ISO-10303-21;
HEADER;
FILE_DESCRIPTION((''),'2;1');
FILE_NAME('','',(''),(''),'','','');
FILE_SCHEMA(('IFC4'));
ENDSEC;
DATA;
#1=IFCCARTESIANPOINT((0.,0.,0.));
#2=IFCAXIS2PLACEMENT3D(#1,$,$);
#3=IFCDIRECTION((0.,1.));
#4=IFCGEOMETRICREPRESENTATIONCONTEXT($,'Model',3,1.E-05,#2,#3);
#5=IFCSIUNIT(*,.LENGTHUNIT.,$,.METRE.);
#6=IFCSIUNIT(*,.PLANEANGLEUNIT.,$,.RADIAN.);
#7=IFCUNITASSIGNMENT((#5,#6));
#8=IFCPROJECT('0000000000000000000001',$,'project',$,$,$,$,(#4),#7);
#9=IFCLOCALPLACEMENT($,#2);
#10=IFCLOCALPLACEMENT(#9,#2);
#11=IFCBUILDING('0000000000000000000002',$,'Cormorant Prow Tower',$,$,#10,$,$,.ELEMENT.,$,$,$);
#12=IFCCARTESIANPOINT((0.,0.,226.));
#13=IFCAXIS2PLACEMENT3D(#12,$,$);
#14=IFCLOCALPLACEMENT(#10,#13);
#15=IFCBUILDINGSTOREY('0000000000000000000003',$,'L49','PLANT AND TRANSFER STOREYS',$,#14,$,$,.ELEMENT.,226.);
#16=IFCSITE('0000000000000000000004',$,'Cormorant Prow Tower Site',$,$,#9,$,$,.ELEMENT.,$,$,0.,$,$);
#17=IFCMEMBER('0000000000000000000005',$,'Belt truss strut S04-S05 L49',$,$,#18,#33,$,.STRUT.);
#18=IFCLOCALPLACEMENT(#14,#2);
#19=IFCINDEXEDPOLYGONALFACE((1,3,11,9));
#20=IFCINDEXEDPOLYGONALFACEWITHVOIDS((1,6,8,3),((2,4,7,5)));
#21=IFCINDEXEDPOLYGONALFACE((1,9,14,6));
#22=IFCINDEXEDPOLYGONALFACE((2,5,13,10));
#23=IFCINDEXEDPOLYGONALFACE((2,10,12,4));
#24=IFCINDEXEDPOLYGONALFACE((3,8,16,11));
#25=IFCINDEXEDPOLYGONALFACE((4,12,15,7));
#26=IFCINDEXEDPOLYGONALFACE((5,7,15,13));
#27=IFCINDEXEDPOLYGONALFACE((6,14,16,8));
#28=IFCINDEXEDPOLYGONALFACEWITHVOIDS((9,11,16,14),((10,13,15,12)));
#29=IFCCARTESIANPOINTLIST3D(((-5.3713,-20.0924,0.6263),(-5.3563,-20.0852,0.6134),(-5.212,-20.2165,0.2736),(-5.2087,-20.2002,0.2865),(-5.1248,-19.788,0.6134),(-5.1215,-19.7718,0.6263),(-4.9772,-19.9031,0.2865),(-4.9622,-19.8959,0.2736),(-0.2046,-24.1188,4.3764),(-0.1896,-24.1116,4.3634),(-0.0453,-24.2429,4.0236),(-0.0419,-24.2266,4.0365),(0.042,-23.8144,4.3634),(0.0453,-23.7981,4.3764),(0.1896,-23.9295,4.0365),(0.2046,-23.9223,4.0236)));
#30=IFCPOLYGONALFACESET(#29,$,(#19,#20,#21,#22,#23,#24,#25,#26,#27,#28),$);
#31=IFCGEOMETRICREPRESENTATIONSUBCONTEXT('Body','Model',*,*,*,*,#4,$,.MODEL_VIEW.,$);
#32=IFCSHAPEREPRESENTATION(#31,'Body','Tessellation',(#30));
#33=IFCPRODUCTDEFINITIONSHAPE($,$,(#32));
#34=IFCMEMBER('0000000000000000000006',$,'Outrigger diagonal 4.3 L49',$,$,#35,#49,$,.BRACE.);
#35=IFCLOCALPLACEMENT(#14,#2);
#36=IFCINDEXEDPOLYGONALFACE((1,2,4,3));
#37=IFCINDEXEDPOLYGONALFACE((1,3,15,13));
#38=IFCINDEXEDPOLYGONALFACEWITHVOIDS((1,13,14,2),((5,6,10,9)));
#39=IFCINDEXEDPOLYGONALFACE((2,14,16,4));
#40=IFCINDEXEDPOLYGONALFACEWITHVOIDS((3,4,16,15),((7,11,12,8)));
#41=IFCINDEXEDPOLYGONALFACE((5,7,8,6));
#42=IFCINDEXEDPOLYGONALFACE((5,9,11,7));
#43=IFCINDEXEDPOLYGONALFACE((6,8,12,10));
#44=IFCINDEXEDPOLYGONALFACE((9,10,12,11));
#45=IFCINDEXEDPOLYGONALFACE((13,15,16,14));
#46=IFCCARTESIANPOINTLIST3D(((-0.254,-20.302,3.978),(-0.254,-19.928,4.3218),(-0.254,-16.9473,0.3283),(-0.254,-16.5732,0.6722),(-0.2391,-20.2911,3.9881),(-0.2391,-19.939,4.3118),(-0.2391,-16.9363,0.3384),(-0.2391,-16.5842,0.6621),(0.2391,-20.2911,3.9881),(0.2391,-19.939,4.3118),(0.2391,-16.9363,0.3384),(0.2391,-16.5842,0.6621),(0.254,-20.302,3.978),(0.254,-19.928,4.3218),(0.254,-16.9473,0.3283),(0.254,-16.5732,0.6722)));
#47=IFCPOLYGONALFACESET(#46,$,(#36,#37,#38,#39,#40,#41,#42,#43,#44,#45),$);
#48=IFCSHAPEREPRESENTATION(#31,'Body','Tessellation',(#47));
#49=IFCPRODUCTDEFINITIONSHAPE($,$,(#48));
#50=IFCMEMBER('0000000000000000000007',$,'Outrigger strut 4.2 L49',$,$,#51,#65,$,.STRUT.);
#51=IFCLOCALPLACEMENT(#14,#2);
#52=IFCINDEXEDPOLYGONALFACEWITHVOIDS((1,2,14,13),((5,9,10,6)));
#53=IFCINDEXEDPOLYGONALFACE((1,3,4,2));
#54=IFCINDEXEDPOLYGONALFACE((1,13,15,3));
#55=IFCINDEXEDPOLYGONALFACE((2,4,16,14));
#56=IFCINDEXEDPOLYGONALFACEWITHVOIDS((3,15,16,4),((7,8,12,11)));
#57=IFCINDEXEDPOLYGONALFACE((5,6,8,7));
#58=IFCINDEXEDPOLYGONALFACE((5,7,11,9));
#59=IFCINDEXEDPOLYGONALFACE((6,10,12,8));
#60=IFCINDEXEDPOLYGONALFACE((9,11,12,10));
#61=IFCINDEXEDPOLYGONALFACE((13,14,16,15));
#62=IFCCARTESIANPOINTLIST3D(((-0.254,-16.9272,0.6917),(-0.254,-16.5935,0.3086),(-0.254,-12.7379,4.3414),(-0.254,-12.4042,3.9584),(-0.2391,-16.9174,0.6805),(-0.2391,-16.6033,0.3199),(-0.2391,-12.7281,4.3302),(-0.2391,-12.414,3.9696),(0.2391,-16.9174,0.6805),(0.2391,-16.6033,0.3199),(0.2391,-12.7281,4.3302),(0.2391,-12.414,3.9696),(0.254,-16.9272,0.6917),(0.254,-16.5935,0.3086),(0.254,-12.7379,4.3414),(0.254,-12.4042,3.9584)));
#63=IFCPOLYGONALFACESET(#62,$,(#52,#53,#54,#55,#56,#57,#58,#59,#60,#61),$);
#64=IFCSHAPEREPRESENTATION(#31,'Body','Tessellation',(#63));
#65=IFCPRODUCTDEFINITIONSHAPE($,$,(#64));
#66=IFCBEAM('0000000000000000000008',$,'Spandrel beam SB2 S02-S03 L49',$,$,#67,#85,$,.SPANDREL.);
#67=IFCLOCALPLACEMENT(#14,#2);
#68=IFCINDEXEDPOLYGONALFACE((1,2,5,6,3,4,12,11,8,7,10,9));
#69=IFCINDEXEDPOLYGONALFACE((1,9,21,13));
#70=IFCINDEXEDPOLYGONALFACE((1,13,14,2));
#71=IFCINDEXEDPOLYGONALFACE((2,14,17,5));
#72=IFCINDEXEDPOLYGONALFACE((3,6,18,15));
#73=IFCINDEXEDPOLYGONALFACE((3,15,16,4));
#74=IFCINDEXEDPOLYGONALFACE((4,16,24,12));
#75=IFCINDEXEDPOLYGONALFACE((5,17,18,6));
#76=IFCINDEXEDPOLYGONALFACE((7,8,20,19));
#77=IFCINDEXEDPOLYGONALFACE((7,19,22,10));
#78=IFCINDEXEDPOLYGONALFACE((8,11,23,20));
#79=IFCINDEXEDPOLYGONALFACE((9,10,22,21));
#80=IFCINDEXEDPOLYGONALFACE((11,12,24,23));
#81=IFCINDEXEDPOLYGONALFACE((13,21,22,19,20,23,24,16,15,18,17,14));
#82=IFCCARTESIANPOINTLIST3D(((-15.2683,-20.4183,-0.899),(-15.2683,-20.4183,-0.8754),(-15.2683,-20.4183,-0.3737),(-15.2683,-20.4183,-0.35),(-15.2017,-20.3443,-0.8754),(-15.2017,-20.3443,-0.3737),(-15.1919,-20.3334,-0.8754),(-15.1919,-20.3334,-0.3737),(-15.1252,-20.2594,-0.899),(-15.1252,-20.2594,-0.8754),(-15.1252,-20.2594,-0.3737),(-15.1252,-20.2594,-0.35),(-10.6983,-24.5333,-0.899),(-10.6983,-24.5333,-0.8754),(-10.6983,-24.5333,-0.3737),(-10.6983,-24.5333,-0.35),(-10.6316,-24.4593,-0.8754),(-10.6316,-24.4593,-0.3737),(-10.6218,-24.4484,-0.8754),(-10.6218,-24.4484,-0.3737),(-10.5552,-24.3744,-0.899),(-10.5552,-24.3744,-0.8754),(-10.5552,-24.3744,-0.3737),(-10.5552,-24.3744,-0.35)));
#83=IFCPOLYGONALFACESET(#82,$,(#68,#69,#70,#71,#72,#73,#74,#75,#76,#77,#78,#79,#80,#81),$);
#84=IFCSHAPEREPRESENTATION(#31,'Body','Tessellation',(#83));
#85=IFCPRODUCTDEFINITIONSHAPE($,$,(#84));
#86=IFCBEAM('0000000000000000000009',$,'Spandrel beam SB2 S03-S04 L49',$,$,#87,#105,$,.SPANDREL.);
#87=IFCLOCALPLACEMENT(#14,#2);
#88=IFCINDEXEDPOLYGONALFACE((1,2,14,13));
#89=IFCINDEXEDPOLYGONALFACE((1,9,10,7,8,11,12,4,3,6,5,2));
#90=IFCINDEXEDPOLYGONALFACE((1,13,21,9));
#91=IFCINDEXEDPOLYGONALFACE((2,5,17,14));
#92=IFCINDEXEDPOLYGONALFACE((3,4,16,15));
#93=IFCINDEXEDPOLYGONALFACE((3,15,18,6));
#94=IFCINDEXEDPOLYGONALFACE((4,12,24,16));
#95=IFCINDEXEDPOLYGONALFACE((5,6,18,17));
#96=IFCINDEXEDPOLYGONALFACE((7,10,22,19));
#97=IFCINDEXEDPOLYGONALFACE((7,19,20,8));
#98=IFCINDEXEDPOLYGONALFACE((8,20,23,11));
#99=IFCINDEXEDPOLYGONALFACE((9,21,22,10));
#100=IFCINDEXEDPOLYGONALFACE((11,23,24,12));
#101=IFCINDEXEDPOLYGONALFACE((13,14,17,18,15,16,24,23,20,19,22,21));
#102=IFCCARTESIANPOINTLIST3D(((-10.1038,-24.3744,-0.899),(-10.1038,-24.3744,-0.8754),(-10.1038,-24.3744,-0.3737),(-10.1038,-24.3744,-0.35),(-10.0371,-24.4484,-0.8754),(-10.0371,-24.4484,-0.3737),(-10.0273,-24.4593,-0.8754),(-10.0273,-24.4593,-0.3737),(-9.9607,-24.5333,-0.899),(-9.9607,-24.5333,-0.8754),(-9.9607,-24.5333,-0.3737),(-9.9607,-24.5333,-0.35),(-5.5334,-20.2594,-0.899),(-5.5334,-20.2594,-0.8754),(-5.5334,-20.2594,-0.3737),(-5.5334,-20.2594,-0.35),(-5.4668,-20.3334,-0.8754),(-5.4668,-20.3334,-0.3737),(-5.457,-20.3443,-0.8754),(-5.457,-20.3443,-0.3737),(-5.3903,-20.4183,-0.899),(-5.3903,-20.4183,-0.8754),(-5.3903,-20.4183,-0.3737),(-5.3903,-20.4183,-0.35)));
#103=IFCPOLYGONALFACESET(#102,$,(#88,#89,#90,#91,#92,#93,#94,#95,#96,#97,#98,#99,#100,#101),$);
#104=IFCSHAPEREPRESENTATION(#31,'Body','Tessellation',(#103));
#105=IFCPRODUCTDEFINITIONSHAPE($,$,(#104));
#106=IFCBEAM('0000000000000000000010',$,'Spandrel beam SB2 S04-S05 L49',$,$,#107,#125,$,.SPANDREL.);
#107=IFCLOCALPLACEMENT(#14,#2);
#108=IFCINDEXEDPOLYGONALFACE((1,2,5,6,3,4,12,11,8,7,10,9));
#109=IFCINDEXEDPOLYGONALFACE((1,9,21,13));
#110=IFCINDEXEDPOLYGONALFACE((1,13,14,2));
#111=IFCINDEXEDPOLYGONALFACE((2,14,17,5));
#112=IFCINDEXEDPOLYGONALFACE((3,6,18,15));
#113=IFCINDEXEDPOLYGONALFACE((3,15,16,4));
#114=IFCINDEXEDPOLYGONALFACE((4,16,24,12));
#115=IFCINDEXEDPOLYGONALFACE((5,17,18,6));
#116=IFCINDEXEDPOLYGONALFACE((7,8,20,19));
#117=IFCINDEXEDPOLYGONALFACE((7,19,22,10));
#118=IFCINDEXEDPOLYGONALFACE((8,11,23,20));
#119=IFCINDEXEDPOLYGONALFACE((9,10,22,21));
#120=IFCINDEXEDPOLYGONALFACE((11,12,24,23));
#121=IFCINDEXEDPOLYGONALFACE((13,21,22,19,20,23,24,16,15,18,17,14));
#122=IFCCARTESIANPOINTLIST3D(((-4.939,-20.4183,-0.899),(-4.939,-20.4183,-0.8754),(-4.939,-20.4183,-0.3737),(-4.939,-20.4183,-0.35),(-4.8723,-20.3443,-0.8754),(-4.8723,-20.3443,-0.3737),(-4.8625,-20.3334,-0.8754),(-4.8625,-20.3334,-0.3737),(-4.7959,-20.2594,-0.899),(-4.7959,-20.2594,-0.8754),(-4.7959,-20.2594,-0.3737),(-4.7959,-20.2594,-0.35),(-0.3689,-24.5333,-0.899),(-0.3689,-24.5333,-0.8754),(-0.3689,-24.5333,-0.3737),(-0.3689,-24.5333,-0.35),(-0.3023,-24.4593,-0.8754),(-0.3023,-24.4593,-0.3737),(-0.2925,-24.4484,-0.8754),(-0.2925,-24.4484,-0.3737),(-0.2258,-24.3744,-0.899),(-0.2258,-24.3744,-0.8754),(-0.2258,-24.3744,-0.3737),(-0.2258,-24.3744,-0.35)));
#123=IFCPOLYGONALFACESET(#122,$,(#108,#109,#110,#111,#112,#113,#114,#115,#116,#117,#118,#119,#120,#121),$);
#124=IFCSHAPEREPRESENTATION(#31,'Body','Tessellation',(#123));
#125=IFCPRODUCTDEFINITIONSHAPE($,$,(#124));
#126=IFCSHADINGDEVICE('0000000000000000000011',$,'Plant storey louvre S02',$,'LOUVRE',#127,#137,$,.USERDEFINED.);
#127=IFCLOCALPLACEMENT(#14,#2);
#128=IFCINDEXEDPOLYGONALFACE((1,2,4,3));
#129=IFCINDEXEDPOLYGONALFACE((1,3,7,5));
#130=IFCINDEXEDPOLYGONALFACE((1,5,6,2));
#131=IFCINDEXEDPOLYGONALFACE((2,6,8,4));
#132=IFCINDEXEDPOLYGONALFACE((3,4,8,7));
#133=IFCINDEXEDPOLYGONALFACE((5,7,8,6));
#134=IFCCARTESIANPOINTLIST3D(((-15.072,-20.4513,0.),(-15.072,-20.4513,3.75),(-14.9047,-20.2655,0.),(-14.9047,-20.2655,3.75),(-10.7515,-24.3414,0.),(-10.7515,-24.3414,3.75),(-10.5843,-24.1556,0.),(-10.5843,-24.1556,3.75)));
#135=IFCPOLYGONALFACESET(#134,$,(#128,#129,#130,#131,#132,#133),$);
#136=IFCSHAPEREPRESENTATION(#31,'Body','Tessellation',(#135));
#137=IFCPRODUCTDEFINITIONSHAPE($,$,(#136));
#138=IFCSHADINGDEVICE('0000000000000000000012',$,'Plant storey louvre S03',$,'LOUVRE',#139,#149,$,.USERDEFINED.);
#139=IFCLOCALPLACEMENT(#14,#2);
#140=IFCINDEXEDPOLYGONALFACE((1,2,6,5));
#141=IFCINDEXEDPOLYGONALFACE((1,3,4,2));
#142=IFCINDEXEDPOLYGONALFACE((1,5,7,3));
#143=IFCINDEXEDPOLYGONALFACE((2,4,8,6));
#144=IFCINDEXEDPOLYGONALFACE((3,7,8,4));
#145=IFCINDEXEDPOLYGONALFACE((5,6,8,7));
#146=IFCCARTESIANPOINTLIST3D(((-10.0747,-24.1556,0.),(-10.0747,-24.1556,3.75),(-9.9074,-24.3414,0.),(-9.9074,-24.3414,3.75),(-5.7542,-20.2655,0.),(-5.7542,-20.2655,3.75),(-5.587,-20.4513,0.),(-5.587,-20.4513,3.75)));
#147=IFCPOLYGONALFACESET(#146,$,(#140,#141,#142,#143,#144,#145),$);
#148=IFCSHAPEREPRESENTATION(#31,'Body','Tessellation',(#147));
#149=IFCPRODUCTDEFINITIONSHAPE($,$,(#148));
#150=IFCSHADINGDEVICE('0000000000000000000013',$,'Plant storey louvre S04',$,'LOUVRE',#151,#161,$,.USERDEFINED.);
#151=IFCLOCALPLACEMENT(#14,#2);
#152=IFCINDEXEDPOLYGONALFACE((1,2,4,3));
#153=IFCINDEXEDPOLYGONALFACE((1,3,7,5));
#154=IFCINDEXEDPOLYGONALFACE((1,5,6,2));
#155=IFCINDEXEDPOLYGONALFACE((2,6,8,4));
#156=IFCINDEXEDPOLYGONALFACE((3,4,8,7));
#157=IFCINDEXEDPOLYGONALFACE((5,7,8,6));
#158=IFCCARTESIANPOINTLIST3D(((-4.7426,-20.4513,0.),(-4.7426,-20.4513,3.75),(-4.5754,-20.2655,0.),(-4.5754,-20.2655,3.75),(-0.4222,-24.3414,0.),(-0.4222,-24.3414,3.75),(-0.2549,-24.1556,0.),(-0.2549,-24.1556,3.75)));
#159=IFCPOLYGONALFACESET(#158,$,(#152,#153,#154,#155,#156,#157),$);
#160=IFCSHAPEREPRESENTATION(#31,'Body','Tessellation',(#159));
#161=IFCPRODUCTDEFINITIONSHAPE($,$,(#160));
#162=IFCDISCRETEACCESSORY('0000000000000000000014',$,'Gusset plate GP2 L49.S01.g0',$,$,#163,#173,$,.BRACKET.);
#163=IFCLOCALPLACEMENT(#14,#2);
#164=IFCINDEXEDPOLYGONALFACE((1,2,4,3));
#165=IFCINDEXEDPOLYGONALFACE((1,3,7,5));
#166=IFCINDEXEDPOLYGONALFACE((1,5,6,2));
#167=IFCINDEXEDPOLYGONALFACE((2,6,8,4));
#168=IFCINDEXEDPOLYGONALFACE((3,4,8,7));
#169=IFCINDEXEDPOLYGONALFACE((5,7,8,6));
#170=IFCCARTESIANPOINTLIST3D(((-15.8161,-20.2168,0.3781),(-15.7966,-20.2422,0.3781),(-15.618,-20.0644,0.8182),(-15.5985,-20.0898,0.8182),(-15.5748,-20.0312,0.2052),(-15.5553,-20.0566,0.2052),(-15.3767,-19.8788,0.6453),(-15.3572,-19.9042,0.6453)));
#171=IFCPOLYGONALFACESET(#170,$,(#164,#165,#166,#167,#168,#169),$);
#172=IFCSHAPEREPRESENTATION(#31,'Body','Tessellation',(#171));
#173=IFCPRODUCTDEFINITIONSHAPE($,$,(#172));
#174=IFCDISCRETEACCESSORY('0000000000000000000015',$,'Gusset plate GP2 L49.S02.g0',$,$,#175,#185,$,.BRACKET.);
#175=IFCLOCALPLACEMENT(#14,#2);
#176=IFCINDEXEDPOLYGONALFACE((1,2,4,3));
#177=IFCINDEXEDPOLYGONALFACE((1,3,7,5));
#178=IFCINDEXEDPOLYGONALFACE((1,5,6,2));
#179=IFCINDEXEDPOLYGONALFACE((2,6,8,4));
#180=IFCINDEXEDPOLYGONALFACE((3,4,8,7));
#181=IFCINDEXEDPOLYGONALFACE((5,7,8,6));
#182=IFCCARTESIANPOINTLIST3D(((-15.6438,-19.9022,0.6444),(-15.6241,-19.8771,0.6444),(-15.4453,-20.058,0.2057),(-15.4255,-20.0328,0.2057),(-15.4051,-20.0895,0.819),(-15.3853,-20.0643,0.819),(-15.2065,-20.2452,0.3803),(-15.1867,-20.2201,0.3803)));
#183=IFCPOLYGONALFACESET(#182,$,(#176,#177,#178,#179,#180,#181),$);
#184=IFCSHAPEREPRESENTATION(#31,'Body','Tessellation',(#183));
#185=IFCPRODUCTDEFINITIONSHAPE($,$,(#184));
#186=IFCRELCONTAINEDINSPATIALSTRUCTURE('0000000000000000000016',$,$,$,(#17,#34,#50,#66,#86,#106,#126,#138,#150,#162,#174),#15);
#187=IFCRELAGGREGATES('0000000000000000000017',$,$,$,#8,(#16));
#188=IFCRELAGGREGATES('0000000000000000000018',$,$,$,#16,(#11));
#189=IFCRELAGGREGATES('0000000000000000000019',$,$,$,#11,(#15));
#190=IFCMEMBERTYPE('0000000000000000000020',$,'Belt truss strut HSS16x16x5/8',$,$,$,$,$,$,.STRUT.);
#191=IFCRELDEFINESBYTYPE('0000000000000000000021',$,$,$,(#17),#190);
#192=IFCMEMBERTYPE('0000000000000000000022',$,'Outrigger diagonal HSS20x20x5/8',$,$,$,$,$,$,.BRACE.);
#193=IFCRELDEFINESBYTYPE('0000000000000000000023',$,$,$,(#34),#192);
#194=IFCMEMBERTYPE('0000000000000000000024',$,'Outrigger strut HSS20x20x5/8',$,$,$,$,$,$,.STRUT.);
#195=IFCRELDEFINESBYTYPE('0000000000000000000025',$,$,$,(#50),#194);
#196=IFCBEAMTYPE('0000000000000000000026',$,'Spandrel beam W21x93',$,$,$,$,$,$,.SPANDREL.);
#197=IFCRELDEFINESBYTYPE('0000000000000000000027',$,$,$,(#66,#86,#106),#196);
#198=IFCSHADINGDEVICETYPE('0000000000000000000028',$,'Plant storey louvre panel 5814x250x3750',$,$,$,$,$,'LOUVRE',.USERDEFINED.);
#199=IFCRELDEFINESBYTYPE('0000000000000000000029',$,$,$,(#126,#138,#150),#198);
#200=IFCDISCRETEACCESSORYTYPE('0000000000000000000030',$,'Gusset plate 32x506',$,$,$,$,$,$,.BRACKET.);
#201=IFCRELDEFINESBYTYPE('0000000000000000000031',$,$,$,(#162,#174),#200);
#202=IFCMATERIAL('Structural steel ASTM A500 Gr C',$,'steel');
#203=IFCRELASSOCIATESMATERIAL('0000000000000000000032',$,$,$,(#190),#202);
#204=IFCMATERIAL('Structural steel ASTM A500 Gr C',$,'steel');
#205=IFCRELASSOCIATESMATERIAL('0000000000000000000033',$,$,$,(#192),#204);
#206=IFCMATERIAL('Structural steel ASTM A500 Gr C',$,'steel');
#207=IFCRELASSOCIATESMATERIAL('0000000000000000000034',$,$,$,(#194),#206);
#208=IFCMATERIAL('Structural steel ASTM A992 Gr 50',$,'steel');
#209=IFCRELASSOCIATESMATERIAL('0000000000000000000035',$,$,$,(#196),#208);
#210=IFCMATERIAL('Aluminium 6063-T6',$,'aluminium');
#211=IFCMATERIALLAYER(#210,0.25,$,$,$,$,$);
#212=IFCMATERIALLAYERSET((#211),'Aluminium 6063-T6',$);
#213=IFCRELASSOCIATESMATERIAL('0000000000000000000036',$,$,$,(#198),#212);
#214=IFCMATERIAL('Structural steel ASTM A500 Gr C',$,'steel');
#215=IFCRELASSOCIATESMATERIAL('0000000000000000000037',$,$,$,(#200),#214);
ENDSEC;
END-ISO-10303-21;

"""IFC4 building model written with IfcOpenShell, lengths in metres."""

from ifc_helpers import new_model, si_unit, direction, frame, origin, origin_2d, place, context, subcontext, project, spatial, rectangle, hollow_rectangle, i_section, extrude, material, layer, layer_set, material_profile, profile_set, type_object, element, save


model = new_model("IFC4")

# Units and contexts
model_context = context("Model", 3, precision=1e-05, world=origin(), true_north=direction((0.0, 1.0)))
body_context = subcontext(model_context, "Body", "Model", "MODEL_VIEW")
ifc_project = project(units=[si_unit("LENGTHUNIT", "METRE"), si_unit("PLANEANGLEUNIT", "RADIAN")], contexts=[model_context])

# Site, building, storey
site_placement = place(None, origin())
site = spatial("IfcSite", under=ifc_project, at=site_placement, Name="Cormorant Prow Tower Site", CompositionType="ELEMENT", RefElevation=0.0)
building_placement = place(site_placement, origin())
building = spatial("IfcBuilding", under=site, at=building_placement, Name="Cormorant Prow Tower", CompositionType="ELEMENT")
storey_placement = place(building_placement, frame((0.0, 0.0, 226.0)))
storey = spatial("IfcBuildingStorey", under=building, at=storey_placement, Name="L49", Description="PLANT AND TRANSFER STOREYS", CompositionType="ELEMENT", Elevation=226.0)

# Members
ifc_material_1 = material(Name="Structural steel ASTM A500 Gr C", Category="steel")
ifc_material_profile_1 = material_profile(ifc_material_1, hollow_rectangle(XDim=0.4065, YDim=0.4065, WallThickness=0.0149, at=origin_2d()), Name="HSS16x16x5/8")
ifc_profile_set_1 = profile_set([ifc_material_profile_1], Name="Structural steel ASTM A500 Gr C")
member_type_1 = type_object("IfcMemberType", Name="Belt truss strut HSS16x16x5/8", PredefinedType="STRUT", material=ifc_profile_set_1)
member_1_placement = place(storey_placement, frame((-5.1667, -19.9941, 0.45), z_axis=(0.684536, -0.533448, 0.496833), x_axis=(0.614681, 0.788776, 0.0)))
element("IfcMember", 1, at=member_1_placement, inside=storey, type_object=member_type_1, Name="Belt truss strut S04-S05 L49", PredefinedType="STRUT", context=body_context, shape_type="SweptSolid", body=[
    extrude(hollow_rectangle(XDim=0.4065, YDim=0.4065, WallThickness=0.0149, at=origin_2d()), origin(), (0.0, 0.0, 1.0), 7.5479),
])
ifc_material_2 = material(Name="Structural steel ASTM A500 Gr C", Category="steel")
ifc_material_profile_2 = material_profile(ifc_material_2, hollow_rectangle(XDim=0.5081, YDim=0.5081, WallThickness=0.0149, at=origin_2d()), Name="HSS20x20x5/8")
ifc_profile_set_2 = profile_set([ifc_material_profile_2], Name="Structural steel ASTM A500 Gr C")
member_type_2 = type_object("IfcMemberType", Name="Outrigger diagonal HSS20x20x5/8", PredefinedType="BRACE", material=ifc_profile_set_2)
member_2_placement = place(storey_placement, frame((0.0, -16.7603, 0.5002), z_axis=(0.0, -0.676734, 0.736227), x_axis=(1.0, 0.0, 0.0)))
element("IfcMember", 2, at=member_2_placement, inside=storey, type_object=member_type_2, Name="Outrigger diagonal 4.3 L49", PredefinedType="BRACE", context=body_context, shape_type="SweptSolid", body=[
    extrude(hollow_rectangle(XDim=0.5081, YDim=0.5081, WallThickness=0.0149, at=origin_2d()), origin(), (0.0, 0.0, 1.0), 4.9573),
])
ifc_material_3 = material(Name="Structural steel ASTM A500 Gr C", Category="steel")
ifc_material_profile_3 = material_profile(ifc_material_3, hollow_rectangle(XDim=0.5081, YDim=0.5081, WallThickness=0.0149, at=origin_2d()), Name="HSS20x20x5/8")
ifc_profile_set_3 = profile_set([ifc_material_profile_3], Name="Structural steel ASTM A500 Gr C")
member_type_3 = type_object("IfcMemberType", Name="Outrigger strut HSS20x20x5/8", PredefinedType="STRUT", material=ifc_profile_set_3)
member_3_placement = place(storey_placement, frame((0.0, -12.571, 4.1499), z_axis=(0.0, -0.753993, -0.656882), x_axis=(1.0, 0.0, 0.0)))
element("IfcMember", 3, at=member_3_placement, inside=storey, type_object=member_type_3, Name="Outrigger strut 4.2 L49", PredefinedType="STRUT", context=body_context, shape_type="SweptSolid", body=[
    extrude(hollow_rectangle(XDim=0.5081, YDim=0.5081, WallThickness=0.0149, at=origin_2d()), origin(), (0.0, 0.0, 1.0), 5.5562),
])

# Beams
ifc_material_4 = material(Name="Structural steel ASTM A992 Gr 50", Category="steel")
ifc_material_profile_4 = material_profile(ifc_material_4, i_section(OverallWidth=0.2139, OverallDepth=0.5491, WebThickness=0.0146, FlangeThickness=0.0237, at=origin_2d()), Name="W21x93")
ifc_profile_set_4 = profile_set([ifc_material_profile_4], Name="Structural steel ASTM A992 Gr 50")
beam_type = type_object("IfcBeamType", Name="Spandrel beam W21x93", PredefinedType="SPANDREL", material=ifc_profile_set_4)
beam_1_placement = place(storey_placement, frame((-15.1968, -20.3389, -0.6245), z_axis=(0.743138, -0.669138, 0.0), x_axis=(0.669138, 0.743138, 0.0)))
element("IfcBeam", 4, at=beam_1_placement, inside=storey, type_object=beam_type, Name="Spandrel beam SB2 S02-S03 L49", PredefinedType="SPANDREL", context=body_context, shape_type="SweptSolid", body=[
    extrude(i_section(OverallWidth=0.2139, OverallDepth=0.5491, WebThickness=0.0146, FlangeThickness=0.0237, at=origin_2d()), origin(), (0.0, 0.0, 1.0), 6.1497),
])
beam_2_placement = place(storey_placement, frame((-10.0322, -24.4539, -0.6245), z_axis=(0.743156, 0.669118, 0.0), x_axis=(-0.669118, 0.743156, 0.0)))
element("IfcBeam", 5, at=beam_2_placement, inside=storey, type_object=beam_type, Name="Spandrel beam SB2 S03-S04 L49", PredefinedType="SPANDREL", context=body_context, shape_type="SweptSolid", body=[
    extrude(i_section(OverallWidth=0.2139, OverallDepth=0.5491, WebThickness=0.0146, FlangeThickness=0.0237, at=origin_2d()), origin(), (0.0, 0.0, 1.0), 6.1499),
])
beam_3_placement = place(storey_placement, frame((-4.8674, -20.3389, -0.6245), z_axis=(0.743138, -0.669138, 0.0), x_axis=(0.669138, 0.743138, 0.0)))
element("IfcBeam", 6, at=beam_3_placement, inside=storey, type_object=beam_type, Name="Spandrel beam SB2 S04-S05 L49", PredefinedType="SPANDREL", context=body_context, shape_type="SweptSolid", body=[
    extrude(i_section(OverallWidth=0.2139, OverallDepth=0.5491, WebThickness=0.0146, FlangeThickness=0.0237, at=origin_2d()), origin(), (0.0, 0.0, 1.0), 6.1497),
])

# Shading devices
ifc_material_5 = material(Name="Aluminium 6063-T6", Category="aluminium")
ifc_layer = layer(ifc_material_5, 0.25)
ifc_layer_set = layer_set([ifc_layer], Name="Aluminium 6063-T6")
shading_device_type = type_object("IfcShadingDeviceType", Name="Plant storey louvre panel 5814x250x3750", ElementType="LOUVRE", PredefinedType="USERDEFINED", material=ifc_layer_set)
for number, where, z_axis, x_axis, name in (
    (7, (-12.8281, -22.3035, 0.0), (0.0, 0.0, 1.0), (0.743145, -0.669131, 0.0), "Plant storey louvre S02"),
    (8, (-7.8308, -22.3035, 0.0), (0.0, 0.0, 1.0), (0.743145, 0.669131, 0.0), "Plant storey louvre S03"),
    (9, (-2.4988, -22.3035, 0.0), (0.0, 0.0, 1.0), (0.743145, -0.669131, 0.0), "Plant storey louvre S04"),
):
    element("IfcShadingDevice", number, at=place(storey_placement, frame(where, z_axis=z_axis, x_axis=x_axis)), inside=storey, type_object=shading_device_type, Name=name, ObjectType="LOUVRE", PredefinedType="USERDEFINED", context=body_context, shape_type="SweptSolid", body=[
        extrude(rectangle(XDim=5.8137, YDim=0.25, at=origin_2d()), origin(), (0.0, 0.0, 1.0), 3.75),
    ])

# Discrete accessories
ifc_material_6 = material(Name="Structural steel ASTM A500 Gr C", Category="steel")
ifc_material_profile_5 = material_profile(ifc_material_6, rectangle(XDim=0.032, YDim=0.5061, at=origin_2d()), Name="Gusset plate 32x506")
ifc_profile_set_5 = profile_set([ifc_material_profile_5], Name="Structural steel ASTM A500 Gr C")
discrete_accessory_type_1 = type_object("IfcDiscreteAccessoryType", Name="Gusset plate 32x506", PredefinedType="BRACKET", material=ifc_profile_set_5)
for number, where, z_axis, x_axis, name in (
    (10, (-15.7073, -20.1533, 0.5981), (0.689208, 0.53016, -0.493886), (-0.609711, 0.792624, 0.0), "Gusset plate GP2 L49.S01.g0"),
    (11, (-15.2959, -20.1548, 0.5996), (-0.682068, 0.534914, -0.498649), (-0.617111, -0.786876, 0.0), "Gusset plate GP2 L49.S02.g0"),
):
    element("IfcDiscreteAccessory", number, at=place(storey_placement, frame(where, z_axis=z_axis, x_axis=x_axis)), inside=storey, type_object=discrete_accessory_type_1, Name=name, PredefinedType="BRACKET", context=body_context, shape_type="SweptSolid", body=[
        extrude(rectangle(XDim=0.032, YDim=0.5061, at=origin_2d()), origin(), (0.0, 0.0, 1.0), 0.3501),
    ])

save(model, "model.ifc")
